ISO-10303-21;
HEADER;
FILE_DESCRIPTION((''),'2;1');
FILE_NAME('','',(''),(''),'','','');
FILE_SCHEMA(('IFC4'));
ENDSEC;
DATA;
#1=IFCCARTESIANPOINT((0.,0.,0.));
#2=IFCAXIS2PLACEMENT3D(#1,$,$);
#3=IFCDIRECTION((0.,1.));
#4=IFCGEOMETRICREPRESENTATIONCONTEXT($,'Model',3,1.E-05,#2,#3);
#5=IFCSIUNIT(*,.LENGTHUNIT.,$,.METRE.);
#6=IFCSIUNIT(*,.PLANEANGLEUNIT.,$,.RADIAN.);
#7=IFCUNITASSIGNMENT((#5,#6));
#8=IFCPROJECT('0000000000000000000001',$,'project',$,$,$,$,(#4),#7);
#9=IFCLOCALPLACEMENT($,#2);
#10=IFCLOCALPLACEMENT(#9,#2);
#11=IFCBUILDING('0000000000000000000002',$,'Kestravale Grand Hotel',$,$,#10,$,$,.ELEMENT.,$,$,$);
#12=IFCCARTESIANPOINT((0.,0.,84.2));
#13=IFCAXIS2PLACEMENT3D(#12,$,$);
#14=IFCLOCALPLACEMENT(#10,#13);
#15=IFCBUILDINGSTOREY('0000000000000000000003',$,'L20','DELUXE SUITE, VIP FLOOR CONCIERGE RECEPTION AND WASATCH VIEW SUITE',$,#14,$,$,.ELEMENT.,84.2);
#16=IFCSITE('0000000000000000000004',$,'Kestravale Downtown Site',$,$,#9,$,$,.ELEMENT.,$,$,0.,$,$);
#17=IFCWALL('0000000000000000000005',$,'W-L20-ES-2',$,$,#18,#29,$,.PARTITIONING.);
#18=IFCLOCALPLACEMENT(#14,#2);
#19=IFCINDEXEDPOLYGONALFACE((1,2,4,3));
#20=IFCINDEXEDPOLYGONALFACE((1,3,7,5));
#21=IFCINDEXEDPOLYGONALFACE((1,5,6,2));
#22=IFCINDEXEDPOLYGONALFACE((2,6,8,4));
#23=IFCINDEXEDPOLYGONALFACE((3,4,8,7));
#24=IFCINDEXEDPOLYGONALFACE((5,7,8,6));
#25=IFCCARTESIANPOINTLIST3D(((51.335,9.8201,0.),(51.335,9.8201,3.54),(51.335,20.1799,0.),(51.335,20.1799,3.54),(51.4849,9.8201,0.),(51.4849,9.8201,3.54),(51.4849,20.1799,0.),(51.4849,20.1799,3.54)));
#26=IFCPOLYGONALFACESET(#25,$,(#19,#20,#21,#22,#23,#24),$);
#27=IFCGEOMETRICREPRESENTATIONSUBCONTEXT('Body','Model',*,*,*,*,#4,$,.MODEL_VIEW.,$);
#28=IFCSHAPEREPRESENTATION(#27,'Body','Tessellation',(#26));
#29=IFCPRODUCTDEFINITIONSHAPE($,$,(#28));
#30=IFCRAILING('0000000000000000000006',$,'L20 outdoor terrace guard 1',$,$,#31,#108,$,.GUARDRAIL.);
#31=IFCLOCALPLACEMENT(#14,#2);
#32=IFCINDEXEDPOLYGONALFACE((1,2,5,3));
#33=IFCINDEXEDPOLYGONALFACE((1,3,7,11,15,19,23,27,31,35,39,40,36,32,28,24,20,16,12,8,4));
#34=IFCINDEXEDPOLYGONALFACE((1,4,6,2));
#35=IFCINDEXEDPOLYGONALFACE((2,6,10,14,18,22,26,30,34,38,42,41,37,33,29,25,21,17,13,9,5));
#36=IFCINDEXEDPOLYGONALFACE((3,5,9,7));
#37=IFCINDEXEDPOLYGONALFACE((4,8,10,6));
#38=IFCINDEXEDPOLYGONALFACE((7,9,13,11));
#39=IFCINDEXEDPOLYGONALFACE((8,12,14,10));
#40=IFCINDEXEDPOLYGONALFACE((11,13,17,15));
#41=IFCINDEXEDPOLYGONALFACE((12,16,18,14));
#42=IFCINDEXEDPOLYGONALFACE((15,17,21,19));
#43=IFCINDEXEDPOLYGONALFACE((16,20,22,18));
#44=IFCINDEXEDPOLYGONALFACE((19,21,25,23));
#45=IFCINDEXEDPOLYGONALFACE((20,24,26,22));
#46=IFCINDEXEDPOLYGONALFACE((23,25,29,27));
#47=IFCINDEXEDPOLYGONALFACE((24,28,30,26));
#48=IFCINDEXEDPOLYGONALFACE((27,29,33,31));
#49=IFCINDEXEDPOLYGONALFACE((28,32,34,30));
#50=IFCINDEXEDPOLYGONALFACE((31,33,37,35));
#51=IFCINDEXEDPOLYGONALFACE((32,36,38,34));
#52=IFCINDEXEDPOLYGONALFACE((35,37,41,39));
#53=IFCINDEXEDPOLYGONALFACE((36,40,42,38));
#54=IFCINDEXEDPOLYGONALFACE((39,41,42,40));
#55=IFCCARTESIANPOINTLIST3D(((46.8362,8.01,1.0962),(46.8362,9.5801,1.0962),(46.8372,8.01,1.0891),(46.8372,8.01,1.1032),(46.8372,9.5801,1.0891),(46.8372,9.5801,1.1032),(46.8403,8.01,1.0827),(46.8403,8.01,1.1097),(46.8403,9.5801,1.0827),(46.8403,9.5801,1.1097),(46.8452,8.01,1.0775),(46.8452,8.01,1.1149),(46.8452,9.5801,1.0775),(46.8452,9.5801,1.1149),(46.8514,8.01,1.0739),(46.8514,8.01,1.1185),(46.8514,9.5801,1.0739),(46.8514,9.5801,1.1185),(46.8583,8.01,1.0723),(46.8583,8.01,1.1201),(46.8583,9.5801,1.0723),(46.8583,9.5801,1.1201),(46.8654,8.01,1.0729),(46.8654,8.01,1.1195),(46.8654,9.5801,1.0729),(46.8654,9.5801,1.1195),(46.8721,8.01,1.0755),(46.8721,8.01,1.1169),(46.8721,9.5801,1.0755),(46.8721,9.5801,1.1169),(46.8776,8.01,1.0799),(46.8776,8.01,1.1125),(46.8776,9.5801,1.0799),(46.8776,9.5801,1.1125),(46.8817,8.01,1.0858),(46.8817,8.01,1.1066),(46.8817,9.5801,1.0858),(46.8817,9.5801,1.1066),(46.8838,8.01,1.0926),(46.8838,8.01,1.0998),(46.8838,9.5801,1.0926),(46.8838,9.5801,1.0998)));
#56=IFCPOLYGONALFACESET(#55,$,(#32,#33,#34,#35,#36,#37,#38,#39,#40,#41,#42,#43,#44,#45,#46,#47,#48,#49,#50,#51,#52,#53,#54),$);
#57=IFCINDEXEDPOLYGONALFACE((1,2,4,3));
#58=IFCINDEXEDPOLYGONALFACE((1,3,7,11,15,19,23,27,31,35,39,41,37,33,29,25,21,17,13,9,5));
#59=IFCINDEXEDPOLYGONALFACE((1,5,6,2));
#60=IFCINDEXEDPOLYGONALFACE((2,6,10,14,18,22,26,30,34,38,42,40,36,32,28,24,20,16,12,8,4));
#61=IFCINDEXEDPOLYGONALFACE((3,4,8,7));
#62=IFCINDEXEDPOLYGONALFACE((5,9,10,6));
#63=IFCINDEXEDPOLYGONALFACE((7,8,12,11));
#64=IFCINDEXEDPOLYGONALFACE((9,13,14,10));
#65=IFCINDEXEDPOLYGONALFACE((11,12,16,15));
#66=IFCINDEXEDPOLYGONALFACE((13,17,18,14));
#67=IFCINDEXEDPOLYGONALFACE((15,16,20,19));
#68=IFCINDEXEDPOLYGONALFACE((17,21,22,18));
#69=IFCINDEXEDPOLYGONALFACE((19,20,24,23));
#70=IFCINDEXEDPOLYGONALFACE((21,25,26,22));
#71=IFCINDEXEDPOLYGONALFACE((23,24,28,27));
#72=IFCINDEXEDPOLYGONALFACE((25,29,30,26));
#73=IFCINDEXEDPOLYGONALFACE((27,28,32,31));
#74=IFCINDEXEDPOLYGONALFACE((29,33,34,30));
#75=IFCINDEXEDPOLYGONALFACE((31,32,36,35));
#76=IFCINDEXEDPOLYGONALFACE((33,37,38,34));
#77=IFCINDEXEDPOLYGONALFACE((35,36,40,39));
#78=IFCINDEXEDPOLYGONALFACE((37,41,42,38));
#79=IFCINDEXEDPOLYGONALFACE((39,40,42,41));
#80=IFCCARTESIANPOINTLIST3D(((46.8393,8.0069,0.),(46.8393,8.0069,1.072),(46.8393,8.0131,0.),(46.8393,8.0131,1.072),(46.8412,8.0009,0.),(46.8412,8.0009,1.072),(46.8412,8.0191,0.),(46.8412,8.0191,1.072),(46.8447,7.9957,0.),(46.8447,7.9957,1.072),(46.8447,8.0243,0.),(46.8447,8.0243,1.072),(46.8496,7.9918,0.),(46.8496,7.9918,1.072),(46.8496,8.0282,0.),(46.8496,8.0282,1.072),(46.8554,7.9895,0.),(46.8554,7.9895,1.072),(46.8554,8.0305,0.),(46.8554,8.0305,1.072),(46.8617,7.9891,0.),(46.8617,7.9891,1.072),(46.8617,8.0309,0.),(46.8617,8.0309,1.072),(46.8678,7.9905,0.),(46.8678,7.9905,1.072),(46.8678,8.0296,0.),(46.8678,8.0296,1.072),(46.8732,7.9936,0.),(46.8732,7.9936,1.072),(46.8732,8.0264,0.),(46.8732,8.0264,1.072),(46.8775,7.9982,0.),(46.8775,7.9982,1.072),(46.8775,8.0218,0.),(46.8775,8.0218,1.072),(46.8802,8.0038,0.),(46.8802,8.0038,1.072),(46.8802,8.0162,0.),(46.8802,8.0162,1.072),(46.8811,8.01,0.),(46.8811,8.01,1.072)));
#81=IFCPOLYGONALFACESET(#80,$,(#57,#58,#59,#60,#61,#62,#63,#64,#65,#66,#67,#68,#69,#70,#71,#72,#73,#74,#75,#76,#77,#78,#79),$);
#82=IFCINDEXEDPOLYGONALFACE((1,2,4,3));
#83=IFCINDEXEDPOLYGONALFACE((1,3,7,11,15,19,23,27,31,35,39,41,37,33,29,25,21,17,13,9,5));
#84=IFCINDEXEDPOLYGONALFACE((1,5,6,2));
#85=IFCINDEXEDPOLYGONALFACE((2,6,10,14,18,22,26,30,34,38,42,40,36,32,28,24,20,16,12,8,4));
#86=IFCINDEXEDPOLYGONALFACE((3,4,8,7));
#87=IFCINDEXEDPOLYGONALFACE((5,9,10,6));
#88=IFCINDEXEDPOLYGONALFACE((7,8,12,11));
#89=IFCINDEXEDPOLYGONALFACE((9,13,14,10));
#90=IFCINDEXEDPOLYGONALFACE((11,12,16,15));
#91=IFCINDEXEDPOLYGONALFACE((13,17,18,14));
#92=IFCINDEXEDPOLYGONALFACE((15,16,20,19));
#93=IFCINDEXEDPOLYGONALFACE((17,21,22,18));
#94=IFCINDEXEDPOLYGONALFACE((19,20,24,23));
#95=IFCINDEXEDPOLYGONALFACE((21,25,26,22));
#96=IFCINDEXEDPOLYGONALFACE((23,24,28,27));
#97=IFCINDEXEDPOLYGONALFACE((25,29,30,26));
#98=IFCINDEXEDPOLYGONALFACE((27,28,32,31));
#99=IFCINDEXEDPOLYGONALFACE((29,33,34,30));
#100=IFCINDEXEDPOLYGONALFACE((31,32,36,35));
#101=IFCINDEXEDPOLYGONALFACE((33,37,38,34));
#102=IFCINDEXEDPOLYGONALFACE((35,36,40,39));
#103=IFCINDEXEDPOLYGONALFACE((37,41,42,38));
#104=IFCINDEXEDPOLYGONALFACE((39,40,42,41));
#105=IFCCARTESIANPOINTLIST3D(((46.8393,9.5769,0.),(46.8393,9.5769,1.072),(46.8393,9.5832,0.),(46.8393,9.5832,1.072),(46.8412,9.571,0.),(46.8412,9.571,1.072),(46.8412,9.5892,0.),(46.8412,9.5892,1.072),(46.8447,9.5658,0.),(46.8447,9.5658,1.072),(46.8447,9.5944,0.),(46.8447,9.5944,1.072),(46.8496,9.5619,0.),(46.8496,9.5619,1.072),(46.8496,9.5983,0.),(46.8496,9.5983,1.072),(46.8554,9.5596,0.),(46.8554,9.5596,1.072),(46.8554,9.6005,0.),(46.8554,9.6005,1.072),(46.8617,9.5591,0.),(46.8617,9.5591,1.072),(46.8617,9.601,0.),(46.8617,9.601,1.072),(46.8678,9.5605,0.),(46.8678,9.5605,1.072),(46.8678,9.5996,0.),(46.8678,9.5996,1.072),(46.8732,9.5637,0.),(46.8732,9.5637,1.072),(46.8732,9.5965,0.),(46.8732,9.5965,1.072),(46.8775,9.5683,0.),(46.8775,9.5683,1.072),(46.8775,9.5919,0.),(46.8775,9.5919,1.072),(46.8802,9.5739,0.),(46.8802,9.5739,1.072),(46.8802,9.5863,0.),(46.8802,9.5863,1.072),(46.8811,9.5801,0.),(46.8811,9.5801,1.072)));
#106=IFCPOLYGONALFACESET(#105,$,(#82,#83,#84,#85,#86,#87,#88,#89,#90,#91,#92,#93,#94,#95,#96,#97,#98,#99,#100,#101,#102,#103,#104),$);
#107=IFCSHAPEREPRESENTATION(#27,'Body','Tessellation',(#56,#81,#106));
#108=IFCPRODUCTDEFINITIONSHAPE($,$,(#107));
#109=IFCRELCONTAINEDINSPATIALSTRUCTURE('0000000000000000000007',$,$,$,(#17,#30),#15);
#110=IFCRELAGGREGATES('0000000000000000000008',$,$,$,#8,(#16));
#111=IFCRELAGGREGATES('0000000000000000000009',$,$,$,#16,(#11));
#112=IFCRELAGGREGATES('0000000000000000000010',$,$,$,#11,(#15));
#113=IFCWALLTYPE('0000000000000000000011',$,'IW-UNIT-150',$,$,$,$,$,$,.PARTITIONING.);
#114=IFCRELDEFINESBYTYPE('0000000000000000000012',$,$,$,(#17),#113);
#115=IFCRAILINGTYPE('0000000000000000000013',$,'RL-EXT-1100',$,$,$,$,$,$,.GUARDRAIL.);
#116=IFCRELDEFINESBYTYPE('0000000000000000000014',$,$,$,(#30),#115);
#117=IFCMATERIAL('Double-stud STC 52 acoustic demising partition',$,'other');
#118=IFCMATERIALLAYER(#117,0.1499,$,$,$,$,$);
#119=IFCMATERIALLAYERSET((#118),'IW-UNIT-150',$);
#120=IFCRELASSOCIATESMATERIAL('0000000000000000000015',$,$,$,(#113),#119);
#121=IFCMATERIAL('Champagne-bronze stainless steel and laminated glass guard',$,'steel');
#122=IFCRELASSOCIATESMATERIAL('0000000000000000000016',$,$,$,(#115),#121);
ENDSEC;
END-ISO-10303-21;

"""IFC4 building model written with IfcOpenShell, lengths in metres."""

from ifc_helpers import new_model, si_unit, direction, frame, frame_2d, origin, origin_2d, place, context, subcontext, project, spatial, rectangle, circle, extrude, material, layer, layer_set, type_object, element, save


model = new_model("IFC4")

# Units and contexts
model_context = context("Model", 3, precision=1e-05, world=origin(), true_north=direction((0.0, 1.0)))
body_context = subcontext(model_context, "Body", "Model", "MODEL_VIEW")
ifc_project = project(units=[si_unit("LENGTHUNIT", "METRE"), si_unit("PLANEANGLEUNIT", "RADIAN")], contexts=[model_context])

# Site, building, storey
site_placement = place(None, origin())
site = spatial("IfcSite", under=ifc_project, at=site_placement, Name="Kestravale Downtown Site", CompositionType="ELEMENT", RefElevation=0.0)
building_placement = place(site_placement, origin())
building = spatial("IfcBuilding", under=site, at=building_placement, Name="Kestravale Grand Hotel", CompositionType="ELEMENT")
storey_placement = place(building_placement, frame((0.0, 0.0, 84.2)))
storey = spatial("IfcBuildingStorey", under=building, at=storey_placement, Name="L20", Description="DELUXE SUITE, VIP FLOOR CONCIERGE RECEPTION AND WASATCH VIEW SUITE", CompositionType="ELEMENT", Elevation=84.2)

# Wall
ifc_material_1 = material(Name="Double-stud STC 52 acoustic demising partition", Category="other")
ifc_layer_1 = layer(ifc_material_1, 0.1499)
ifc_layer_set_1 = layer_set([ifc_layer_1], Name="IW-UNIT-150")
wall_type_1 = type_object("IfcWallType", Name="IW-UNIT-150", PredefinedType="PARTITIONING", material=ifc_layer_set_1)
wall_1_placement = place(storey_placement, frame((51.4099, 9.8201, 0.0), z_axis=(0.0, 0.0, 1.0), x_axis=(0.0, 1.0, 0.0)))
element("IfcWall", 1, at=wall_1_placement, inside=storey, type_object=wall_type_1, Name="W-L20-ES-2", PredefinedType="PARTITIONING", context=body_context, shape_type="SweptSolid", body=[
    extrude(rectangle(XDim=10.3599, YDim=0.1499, at=frame_2d((5.1799, 0.0))), origin(), (0.0, 0.0, 1.0), 3.54),
])

# Railing
ifc_material_2 = material(Name="Champagne-bronze stainless steel and laminated glass guard", Category="steel")
railing_type = type_object("IfcRailingType", Name="RL-EXT-1100", PredefinedType="GUARDRAIL", material=ifc_material_2)
railing_1_placement = place(storey_placement, frame((46.8601, 8.01, 0.0)))
element("IfcRailing", 2, at=railing_1_placement, inside=storey, type_object=railing_type, Name="L20 outdoor terrace guard 1", PredefinedType="GUARDRAIL", context=body_context, shape_type="SweptSolid", body=[
    extrude(circle(Radius=0.0239, at=origin_2d()), frame((0.0, 0.0, 1.0962), z_axis=(0.0, 1.0, 0.0), x_axis=(-1.0, 0.0, 0.0)), (0.0, 0.0, 1.0), 1.5701),
    extrude(circle(Radius=0.021, at=origin_2d()), origin(), (0.0, 0.0, 1.0), 1.072),
    extrude(circle(Radius=0.021, at=origin_2d()), frame((0.0, 1.5701, 0.0)), (0.0, 0.0, 1.0), 1.072),
])

save(model, "model.ifc")
